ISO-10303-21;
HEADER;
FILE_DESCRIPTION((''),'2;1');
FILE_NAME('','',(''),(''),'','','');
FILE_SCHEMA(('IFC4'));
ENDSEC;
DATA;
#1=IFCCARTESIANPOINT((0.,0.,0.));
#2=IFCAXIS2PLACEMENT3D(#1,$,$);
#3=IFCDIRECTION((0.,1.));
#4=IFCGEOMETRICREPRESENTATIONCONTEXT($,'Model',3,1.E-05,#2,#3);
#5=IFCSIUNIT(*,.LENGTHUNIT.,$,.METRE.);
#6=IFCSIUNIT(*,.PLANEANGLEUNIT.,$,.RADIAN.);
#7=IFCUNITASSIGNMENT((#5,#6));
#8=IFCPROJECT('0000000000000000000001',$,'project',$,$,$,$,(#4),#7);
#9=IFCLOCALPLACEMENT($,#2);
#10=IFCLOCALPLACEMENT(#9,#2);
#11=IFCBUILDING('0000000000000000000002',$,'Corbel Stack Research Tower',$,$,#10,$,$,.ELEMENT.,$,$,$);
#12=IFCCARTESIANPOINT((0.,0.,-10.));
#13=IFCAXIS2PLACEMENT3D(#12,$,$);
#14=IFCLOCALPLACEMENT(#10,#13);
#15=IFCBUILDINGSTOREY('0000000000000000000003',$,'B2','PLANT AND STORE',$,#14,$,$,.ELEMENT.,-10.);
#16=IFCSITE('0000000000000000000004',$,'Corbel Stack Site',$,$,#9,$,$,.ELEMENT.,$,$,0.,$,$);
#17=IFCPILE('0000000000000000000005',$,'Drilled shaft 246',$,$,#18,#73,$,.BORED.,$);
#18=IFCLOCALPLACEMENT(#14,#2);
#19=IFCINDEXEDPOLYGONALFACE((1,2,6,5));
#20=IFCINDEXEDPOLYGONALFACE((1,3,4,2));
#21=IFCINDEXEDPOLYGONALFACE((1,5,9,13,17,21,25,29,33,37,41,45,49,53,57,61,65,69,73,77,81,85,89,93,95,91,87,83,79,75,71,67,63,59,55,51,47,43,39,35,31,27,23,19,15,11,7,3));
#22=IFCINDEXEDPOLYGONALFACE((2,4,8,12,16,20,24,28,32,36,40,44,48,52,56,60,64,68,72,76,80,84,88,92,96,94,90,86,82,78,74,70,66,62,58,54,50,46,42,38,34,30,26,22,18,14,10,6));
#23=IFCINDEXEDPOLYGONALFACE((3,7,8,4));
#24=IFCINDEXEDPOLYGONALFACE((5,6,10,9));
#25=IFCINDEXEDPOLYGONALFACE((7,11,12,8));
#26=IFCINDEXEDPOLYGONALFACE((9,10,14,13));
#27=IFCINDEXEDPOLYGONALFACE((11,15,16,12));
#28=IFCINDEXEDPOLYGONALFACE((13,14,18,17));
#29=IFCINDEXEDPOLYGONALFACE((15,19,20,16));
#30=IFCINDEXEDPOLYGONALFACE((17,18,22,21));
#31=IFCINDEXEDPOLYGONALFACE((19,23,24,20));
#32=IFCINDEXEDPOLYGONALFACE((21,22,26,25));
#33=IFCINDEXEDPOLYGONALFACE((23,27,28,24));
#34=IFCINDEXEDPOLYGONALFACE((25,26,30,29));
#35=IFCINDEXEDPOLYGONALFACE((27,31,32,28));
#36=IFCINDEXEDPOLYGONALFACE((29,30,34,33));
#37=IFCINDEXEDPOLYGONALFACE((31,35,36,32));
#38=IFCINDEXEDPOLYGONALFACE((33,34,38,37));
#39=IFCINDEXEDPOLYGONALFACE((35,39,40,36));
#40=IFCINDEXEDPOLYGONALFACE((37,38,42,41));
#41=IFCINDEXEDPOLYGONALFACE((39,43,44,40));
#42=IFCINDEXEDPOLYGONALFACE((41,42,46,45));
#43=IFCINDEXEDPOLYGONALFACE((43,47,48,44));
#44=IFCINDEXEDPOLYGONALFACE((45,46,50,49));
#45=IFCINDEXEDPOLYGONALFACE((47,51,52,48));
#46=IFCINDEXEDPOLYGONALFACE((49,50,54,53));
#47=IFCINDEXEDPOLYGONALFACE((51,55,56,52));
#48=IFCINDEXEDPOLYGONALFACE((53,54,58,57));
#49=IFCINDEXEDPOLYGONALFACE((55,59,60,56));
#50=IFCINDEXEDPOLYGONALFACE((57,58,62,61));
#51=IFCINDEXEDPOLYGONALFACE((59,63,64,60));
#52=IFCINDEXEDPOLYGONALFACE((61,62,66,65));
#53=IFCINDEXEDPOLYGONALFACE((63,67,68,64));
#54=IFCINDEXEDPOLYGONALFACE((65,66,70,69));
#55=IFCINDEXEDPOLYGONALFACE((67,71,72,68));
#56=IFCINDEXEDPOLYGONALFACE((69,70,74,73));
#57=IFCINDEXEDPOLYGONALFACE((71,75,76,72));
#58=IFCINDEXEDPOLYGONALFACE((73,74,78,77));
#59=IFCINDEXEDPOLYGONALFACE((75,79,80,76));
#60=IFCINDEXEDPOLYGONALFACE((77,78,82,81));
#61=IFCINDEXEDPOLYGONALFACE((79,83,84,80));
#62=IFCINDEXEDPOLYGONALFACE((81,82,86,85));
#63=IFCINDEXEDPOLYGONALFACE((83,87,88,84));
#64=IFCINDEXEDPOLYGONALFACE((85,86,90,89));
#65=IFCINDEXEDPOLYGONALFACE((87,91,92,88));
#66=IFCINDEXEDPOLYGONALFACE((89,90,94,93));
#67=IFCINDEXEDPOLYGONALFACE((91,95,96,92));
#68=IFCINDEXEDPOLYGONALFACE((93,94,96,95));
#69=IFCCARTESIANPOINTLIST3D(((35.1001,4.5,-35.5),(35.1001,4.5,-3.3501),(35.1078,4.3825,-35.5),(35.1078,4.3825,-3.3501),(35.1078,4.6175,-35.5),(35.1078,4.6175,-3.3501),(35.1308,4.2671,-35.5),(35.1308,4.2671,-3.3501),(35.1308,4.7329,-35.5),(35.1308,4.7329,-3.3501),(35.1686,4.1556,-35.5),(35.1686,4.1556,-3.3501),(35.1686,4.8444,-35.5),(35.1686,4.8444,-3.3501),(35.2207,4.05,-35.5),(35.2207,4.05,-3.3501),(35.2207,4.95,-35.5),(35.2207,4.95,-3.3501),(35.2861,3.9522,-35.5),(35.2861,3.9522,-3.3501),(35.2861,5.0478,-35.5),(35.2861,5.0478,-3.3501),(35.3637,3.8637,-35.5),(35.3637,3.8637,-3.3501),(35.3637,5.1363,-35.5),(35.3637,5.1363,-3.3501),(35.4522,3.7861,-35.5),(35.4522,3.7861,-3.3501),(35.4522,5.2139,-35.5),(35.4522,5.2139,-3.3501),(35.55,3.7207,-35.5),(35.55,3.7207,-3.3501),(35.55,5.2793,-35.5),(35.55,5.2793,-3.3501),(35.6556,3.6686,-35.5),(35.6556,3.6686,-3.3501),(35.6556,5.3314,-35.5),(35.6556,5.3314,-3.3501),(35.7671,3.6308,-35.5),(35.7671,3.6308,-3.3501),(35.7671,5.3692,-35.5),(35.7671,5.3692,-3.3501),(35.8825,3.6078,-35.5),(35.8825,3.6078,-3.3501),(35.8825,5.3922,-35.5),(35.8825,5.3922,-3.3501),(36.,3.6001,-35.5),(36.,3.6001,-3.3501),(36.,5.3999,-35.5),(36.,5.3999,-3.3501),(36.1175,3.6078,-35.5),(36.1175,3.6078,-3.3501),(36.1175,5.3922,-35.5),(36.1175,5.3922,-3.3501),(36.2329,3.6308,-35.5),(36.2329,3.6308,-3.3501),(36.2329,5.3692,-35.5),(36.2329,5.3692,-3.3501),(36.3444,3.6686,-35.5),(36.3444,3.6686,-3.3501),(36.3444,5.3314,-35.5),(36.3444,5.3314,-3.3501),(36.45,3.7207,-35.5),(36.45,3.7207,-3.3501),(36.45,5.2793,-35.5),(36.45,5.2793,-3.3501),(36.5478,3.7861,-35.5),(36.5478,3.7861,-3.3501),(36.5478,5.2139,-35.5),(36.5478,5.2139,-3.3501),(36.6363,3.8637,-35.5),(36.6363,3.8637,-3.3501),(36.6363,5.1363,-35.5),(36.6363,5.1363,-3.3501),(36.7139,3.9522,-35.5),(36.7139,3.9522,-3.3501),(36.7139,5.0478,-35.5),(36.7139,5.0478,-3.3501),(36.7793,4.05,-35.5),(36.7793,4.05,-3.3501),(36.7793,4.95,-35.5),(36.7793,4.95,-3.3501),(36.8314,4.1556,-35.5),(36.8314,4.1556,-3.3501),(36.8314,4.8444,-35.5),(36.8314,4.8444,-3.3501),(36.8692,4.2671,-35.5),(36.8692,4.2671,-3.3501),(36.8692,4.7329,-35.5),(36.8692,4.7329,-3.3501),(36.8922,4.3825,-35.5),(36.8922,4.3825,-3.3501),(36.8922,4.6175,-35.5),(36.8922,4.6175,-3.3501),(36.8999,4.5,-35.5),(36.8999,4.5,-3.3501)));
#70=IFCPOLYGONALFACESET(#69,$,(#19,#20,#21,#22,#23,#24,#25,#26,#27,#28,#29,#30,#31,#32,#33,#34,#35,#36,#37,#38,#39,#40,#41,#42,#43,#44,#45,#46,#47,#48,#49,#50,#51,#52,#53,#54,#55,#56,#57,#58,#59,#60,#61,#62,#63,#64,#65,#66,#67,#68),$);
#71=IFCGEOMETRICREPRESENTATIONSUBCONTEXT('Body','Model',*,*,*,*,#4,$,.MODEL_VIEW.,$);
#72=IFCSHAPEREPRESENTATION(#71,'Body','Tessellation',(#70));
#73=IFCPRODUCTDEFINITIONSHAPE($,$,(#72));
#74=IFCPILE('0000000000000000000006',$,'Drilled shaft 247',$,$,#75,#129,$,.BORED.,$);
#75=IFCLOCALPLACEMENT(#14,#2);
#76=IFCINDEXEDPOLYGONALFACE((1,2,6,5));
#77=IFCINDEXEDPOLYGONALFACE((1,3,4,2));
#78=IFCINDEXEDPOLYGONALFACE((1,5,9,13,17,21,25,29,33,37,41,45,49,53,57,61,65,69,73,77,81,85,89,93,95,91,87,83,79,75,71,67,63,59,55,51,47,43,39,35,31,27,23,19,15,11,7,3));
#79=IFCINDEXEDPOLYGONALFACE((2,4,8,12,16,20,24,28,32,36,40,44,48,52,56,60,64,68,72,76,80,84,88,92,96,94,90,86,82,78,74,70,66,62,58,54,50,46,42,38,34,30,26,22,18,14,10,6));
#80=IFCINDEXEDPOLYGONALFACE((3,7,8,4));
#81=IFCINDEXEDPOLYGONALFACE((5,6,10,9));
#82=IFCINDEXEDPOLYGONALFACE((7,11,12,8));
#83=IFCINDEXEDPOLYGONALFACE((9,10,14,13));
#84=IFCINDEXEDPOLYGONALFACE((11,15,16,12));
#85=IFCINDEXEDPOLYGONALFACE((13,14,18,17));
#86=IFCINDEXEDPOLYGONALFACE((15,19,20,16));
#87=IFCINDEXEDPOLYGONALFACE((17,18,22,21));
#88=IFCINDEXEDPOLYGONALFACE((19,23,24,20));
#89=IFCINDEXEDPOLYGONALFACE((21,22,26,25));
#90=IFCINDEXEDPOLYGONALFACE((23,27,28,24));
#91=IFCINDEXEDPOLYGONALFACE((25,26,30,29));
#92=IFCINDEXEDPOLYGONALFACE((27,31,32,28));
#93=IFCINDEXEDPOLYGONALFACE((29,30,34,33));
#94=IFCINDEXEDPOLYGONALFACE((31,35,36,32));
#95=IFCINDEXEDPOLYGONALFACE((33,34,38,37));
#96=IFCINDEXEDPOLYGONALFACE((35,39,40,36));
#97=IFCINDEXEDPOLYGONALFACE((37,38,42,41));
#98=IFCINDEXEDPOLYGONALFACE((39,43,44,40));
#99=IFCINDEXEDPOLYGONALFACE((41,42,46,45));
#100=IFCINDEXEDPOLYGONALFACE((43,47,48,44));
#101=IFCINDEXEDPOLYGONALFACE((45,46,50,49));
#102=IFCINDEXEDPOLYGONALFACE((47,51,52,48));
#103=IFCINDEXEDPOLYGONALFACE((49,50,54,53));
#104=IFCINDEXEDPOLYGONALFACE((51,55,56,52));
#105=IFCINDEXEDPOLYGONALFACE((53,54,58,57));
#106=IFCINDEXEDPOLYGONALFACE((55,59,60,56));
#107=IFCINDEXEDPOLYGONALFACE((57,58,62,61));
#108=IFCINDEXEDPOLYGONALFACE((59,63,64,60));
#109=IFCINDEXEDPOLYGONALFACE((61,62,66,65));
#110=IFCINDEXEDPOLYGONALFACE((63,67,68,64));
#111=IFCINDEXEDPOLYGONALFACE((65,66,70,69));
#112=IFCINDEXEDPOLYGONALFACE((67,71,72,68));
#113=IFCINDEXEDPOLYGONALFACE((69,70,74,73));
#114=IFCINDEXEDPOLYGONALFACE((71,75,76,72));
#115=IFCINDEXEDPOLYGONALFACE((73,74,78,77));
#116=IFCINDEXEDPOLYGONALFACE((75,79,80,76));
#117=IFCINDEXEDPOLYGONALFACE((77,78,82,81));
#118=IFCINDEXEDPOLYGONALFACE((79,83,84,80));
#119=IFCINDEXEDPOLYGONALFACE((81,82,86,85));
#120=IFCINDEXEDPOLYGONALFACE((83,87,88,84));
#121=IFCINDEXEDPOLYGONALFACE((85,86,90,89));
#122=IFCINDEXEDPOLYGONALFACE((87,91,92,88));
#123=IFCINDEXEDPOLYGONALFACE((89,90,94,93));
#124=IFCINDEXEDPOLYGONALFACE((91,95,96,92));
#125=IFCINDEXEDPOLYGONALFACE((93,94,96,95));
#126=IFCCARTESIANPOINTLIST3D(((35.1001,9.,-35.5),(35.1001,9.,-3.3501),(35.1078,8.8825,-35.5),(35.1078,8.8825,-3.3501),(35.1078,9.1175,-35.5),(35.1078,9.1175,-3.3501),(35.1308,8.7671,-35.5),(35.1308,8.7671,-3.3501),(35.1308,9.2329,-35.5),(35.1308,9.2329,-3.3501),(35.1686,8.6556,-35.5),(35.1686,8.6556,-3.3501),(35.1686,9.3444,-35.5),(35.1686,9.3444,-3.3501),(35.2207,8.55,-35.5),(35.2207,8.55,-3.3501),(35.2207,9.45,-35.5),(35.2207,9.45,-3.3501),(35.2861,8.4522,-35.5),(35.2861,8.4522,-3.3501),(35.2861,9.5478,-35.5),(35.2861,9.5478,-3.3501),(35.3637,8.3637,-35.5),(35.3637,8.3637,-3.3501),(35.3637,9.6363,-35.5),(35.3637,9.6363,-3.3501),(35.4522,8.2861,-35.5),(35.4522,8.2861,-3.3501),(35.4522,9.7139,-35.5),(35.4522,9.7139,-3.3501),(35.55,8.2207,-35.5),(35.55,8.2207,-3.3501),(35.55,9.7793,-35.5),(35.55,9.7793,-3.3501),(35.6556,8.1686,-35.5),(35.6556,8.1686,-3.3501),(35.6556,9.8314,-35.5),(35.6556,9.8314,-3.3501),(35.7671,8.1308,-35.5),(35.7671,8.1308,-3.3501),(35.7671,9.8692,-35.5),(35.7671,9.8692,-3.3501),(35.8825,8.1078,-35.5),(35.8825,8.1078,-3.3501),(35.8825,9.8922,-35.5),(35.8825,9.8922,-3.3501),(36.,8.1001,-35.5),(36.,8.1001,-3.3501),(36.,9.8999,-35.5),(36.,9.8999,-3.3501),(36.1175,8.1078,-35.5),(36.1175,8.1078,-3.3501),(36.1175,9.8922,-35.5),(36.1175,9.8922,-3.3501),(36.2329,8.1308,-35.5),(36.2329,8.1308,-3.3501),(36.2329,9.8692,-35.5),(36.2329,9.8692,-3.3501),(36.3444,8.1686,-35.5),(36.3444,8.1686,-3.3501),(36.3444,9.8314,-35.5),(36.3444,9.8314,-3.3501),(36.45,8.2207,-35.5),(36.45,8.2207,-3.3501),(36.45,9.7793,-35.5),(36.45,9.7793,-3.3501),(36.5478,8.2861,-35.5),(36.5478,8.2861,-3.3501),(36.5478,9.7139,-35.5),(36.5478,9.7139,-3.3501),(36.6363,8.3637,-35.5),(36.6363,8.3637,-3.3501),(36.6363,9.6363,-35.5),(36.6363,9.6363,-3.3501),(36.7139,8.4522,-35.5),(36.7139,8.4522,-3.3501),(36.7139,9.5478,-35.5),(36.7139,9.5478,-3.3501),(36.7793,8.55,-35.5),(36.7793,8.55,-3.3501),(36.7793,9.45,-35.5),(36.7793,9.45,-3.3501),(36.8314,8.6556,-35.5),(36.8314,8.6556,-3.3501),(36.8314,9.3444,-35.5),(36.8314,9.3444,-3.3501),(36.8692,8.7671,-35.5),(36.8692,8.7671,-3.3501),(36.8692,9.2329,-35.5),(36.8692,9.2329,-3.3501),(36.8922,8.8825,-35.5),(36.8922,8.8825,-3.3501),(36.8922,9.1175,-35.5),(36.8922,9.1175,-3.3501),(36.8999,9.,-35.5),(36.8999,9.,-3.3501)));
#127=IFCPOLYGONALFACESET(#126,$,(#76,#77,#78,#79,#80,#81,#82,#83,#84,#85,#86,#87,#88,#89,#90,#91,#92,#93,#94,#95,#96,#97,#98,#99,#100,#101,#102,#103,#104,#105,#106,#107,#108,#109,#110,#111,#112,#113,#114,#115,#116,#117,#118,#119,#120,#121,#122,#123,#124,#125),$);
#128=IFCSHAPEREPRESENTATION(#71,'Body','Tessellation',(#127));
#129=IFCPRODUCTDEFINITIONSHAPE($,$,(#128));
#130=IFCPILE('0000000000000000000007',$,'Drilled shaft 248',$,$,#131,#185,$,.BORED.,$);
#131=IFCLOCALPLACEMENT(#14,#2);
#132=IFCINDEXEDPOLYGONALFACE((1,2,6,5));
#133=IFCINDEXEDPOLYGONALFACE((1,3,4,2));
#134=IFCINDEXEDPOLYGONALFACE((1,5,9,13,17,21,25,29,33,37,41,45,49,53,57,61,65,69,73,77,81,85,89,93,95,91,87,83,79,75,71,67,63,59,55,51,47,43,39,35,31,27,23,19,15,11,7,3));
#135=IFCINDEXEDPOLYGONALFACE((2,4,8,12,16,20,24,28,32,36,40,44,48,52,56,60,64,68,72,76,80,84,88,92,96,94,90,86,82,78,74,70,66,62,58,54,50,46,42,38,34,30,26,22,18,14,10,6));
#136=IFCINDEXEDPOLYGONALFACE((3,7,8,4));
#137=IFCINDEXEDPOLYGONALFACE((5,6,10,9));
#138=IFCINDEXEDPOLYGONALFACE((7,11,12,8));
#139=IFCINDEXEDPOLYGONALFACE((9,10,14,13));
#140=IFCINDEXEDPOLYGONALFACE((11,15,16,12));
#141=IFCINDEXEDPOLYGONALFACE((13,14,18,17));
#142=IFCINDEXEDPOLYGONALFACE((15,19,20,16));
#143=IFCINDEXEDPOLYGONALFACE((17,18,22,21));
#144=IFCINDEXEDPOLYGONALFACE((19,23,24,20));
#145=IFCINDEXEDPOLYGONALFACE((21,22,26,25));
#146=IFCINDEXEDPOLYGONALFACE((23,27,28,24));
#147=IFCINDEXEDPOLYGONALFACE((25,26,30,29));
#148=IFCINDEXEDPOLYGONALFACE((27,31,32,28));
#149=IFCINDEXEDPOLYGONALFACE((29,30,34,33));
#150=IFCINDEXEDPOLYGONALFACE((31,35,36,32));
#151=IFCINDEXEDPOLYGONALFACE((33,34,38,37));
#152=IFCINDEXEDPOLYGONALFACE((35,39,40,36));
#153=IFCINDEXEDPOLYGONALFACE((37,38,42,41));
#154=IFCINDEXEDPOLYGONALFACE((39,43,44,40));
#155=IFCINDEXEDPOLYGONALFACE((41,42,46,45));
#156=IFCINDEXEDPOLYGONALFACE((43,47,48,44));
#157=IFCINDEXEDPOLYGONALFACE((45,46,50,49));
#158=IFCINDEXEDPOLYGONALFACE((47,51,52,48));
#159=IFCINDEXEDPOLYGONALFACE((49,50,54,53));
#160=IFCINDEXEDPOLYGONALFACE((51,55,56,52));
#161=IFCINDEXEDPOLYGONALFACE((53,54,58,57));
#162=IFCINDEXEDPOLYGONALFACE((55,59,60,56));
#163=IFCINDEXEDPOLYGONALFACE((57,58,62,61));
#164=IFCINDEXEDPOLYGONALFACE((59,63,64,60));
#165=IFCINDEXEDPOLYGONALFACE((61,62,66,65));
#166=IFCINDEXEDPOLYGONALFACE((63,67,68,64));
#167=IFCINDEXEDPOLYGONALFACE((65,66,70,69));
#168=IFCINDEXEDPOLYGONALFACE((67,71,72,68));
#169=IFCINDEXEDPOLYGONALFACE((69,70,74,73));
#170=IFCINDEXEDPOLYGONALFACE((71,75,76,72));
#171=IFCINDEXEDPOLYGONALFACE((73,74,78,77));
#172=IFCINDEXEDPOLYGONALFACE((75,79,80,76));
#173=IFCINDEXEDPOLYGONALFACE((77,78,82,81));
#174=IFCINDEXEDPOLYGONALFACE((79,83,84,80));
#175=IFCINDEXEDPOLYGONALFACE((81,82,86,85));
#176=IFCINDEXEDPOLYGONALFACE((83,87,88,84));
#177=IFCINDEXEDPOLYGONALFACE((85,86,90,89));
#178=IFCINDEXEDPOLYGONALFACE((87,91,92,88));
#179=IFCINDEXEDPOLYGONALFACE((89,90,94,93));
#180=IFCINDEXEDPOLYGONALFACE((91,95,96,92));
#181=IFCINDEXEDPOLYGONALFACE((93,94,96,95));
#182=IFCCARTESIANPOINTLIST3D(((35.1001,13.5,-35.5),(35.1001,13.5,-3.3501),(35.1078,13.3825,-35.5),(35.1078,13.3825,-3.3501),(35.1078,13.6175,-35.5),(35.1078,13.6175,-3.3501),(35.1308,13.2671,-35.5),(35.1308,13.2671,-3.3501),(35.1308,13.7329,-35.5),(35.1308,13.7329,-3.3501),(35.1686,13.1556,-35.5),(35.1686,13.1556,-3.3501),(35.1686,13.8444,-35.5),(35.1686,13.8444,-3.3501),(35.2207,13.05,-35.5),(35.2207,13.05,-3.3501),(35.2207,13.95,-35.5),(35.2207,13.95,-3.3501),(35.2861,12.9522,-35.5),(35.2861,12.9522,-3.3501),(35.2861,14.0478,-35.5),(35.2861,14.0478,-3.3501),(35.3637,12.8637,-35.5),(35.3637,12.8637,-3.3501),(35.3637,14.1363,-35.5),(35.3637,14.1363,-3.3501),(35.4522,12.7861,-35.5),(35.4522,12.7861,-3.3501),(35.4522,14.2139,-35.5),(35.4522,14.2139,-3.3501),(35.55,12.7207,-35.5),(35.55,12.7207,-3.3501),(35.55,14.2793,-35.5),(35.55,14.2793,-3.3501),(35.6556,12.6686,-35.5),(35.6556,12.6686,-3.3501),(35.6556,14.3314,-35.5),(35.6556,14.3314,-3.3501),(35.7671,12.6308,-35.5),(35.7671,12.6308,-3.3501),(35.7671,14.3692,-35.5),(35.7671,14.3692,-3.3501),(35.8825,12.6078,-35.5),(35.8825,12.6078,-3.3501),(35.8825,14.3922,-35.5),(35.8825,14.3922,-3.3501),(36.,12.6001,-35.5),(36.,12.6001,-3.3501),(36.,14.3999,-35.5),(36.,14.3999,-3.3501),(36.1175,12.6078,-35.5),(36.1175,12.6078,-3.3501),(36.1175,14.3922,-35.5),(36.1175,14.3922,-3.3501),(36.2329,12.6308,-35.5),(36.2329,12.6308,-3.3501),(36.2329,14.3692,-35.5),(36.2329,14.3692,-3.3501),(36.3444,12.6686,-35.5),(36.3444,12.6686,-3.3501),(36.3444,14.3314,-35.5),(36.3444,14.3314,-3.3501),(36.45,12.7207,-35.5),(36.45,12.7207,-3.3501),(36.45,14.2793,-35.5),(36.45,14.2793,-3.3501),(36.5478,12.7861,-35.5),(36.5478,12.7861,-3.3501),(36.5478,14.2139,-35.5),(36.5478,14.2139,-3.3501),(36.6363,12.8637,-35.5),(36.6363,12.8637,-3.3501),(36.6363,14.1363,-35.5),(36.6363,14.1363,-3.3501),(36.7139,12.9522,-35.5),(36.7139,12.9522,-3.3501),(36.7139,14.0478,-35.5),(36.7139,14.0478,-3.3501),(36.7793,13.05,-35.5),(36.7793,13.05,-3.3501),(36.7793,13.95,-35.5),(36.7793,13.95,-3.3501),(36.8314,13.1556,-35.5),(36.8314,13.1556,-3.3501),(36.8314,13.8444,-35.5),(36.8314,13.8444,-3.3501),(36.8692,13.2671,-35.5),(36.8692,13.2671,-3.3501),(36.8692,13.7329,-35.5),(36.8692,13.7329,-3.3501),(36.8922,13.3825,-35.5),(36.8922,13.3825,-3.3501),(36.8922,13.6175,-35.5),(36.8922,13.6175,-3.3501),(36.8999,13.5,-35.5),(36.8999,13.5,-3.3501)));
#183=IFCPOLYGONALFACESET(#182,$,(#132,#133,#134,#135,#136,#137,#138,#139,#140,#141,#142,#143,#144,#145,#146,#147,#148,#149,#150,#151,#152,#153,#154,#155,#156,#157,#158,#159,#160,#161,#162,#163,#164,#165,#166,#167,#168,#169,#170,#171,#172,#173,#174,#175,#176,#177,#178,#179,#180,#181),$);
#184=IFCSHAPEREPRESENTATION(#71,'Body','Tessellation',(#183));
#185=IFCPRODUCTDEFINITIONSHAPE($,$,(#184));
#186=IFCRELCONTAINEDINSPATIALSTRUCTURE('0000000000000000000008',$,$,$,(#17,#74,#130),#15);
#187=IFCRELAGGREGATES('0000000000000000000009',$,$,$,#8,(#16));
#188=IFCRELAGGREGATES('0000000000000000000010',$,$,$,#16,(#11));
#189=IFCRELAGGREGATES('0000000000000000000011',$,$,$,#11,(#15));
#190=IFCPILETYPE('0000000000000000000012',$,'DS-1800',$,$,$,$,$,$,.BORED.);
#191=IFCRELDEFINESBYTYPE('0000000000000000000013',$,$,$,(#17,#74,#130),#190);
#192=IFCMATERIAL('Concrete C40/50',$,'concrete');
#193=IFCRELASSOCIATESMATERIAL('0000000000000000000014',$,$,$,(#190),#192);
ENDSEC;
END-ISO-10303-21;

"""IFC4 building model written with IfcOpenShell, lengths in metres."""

from ifc_helpers import new_model, si_unit, direction, frame, origin, origin_2d, place, context, subcontext, project, spatial, circle, extrude, material, material_profile, profile_set, type_object, element, save


model = new_model("IFC4")

# Units and contexts
model_context = context("Model", 3, precision=1e-05, world=origin(), true_north=direction((0.0, 1.0)))
body_context = subcontext(model_context, "Body", "Model", "MODEL_VIEW")
ifc_project = project(units=[si_unit("LENGTHUNIT", "METRE"), si_unit("PLANEANGLEUNIT", "RADIAN")], contexts=[model_context])

# Site, building, storey
site_placement = place(None, origin())
site = spatial("IfcSite", under=ifc_project, at=site_placement, Name="Corbel Stack Site", CompositionType="ELEMENT", RefElevation=0.0)
building_placement = place(site_placement, origin())
building = spatial("IfcBuilding", under=site, at=building_placement, Name="Corbel Stack Research Tower", CompositionType="ELEMENT")
storey_placement = place(building_placement, frame((0.0, 0.0, -10.0)))
storey = spatial("IfcBuildingStorey", under=building, at=storey_placement, Name="B2", Description="PLANT AND STORE", CompositionType="ELEMENT", Elevation=-10.0)

# Piles
ifc_material_1 = material(Name="Concrete C40/50", Category="concrete")
ifc_material_profile_1 = material_profile(ifc_material_1, circle(Radius=0.8999, at=origin_2d()), Name="Shaft 1800")
ifc_profile_set_1 = profile_set([ifc_material_profile_1], Name="Concrete C40/50")
pile_type = type_object("IfcPileType", Name="DS-1800", PredefinedType="BORED", material=ifc_profile_set_1)
for number, where, z_axis, x_axis, name in (
    (1, (36.0, 4.5, -3.3501), (0.0, 0.0, -1.0), (1.0, 0.0, 0.0), "Drilled shaft 246"),
    (2, (36.0, 9.0, -3.3501), (0.0, 0.0, -1.0), (1.0, 0.0, 0.0), "Drilled shaft 247"),
    (3, (36.0, 13.5, -3.3501), (0.0, 0.0, -1.0), (1.0, 0.0, 0.0), "Drilled shaft 248"),
):
    element("IfcPile", number, at=place(storey_placement, frame(where, z_axis=z_axis, x_axis=x_axis)), inside=storey, type_object=pile_type, Name=name, PredefinedType="BORED", context=body_context, shape_type="SweptSolid", body=[
        extrude(circle(Radius=0.8999, at=origin_2d()), origin(), (0.0, 0.0, 1.0), 32.1499),
    ])

save(model, "model.ifc")
